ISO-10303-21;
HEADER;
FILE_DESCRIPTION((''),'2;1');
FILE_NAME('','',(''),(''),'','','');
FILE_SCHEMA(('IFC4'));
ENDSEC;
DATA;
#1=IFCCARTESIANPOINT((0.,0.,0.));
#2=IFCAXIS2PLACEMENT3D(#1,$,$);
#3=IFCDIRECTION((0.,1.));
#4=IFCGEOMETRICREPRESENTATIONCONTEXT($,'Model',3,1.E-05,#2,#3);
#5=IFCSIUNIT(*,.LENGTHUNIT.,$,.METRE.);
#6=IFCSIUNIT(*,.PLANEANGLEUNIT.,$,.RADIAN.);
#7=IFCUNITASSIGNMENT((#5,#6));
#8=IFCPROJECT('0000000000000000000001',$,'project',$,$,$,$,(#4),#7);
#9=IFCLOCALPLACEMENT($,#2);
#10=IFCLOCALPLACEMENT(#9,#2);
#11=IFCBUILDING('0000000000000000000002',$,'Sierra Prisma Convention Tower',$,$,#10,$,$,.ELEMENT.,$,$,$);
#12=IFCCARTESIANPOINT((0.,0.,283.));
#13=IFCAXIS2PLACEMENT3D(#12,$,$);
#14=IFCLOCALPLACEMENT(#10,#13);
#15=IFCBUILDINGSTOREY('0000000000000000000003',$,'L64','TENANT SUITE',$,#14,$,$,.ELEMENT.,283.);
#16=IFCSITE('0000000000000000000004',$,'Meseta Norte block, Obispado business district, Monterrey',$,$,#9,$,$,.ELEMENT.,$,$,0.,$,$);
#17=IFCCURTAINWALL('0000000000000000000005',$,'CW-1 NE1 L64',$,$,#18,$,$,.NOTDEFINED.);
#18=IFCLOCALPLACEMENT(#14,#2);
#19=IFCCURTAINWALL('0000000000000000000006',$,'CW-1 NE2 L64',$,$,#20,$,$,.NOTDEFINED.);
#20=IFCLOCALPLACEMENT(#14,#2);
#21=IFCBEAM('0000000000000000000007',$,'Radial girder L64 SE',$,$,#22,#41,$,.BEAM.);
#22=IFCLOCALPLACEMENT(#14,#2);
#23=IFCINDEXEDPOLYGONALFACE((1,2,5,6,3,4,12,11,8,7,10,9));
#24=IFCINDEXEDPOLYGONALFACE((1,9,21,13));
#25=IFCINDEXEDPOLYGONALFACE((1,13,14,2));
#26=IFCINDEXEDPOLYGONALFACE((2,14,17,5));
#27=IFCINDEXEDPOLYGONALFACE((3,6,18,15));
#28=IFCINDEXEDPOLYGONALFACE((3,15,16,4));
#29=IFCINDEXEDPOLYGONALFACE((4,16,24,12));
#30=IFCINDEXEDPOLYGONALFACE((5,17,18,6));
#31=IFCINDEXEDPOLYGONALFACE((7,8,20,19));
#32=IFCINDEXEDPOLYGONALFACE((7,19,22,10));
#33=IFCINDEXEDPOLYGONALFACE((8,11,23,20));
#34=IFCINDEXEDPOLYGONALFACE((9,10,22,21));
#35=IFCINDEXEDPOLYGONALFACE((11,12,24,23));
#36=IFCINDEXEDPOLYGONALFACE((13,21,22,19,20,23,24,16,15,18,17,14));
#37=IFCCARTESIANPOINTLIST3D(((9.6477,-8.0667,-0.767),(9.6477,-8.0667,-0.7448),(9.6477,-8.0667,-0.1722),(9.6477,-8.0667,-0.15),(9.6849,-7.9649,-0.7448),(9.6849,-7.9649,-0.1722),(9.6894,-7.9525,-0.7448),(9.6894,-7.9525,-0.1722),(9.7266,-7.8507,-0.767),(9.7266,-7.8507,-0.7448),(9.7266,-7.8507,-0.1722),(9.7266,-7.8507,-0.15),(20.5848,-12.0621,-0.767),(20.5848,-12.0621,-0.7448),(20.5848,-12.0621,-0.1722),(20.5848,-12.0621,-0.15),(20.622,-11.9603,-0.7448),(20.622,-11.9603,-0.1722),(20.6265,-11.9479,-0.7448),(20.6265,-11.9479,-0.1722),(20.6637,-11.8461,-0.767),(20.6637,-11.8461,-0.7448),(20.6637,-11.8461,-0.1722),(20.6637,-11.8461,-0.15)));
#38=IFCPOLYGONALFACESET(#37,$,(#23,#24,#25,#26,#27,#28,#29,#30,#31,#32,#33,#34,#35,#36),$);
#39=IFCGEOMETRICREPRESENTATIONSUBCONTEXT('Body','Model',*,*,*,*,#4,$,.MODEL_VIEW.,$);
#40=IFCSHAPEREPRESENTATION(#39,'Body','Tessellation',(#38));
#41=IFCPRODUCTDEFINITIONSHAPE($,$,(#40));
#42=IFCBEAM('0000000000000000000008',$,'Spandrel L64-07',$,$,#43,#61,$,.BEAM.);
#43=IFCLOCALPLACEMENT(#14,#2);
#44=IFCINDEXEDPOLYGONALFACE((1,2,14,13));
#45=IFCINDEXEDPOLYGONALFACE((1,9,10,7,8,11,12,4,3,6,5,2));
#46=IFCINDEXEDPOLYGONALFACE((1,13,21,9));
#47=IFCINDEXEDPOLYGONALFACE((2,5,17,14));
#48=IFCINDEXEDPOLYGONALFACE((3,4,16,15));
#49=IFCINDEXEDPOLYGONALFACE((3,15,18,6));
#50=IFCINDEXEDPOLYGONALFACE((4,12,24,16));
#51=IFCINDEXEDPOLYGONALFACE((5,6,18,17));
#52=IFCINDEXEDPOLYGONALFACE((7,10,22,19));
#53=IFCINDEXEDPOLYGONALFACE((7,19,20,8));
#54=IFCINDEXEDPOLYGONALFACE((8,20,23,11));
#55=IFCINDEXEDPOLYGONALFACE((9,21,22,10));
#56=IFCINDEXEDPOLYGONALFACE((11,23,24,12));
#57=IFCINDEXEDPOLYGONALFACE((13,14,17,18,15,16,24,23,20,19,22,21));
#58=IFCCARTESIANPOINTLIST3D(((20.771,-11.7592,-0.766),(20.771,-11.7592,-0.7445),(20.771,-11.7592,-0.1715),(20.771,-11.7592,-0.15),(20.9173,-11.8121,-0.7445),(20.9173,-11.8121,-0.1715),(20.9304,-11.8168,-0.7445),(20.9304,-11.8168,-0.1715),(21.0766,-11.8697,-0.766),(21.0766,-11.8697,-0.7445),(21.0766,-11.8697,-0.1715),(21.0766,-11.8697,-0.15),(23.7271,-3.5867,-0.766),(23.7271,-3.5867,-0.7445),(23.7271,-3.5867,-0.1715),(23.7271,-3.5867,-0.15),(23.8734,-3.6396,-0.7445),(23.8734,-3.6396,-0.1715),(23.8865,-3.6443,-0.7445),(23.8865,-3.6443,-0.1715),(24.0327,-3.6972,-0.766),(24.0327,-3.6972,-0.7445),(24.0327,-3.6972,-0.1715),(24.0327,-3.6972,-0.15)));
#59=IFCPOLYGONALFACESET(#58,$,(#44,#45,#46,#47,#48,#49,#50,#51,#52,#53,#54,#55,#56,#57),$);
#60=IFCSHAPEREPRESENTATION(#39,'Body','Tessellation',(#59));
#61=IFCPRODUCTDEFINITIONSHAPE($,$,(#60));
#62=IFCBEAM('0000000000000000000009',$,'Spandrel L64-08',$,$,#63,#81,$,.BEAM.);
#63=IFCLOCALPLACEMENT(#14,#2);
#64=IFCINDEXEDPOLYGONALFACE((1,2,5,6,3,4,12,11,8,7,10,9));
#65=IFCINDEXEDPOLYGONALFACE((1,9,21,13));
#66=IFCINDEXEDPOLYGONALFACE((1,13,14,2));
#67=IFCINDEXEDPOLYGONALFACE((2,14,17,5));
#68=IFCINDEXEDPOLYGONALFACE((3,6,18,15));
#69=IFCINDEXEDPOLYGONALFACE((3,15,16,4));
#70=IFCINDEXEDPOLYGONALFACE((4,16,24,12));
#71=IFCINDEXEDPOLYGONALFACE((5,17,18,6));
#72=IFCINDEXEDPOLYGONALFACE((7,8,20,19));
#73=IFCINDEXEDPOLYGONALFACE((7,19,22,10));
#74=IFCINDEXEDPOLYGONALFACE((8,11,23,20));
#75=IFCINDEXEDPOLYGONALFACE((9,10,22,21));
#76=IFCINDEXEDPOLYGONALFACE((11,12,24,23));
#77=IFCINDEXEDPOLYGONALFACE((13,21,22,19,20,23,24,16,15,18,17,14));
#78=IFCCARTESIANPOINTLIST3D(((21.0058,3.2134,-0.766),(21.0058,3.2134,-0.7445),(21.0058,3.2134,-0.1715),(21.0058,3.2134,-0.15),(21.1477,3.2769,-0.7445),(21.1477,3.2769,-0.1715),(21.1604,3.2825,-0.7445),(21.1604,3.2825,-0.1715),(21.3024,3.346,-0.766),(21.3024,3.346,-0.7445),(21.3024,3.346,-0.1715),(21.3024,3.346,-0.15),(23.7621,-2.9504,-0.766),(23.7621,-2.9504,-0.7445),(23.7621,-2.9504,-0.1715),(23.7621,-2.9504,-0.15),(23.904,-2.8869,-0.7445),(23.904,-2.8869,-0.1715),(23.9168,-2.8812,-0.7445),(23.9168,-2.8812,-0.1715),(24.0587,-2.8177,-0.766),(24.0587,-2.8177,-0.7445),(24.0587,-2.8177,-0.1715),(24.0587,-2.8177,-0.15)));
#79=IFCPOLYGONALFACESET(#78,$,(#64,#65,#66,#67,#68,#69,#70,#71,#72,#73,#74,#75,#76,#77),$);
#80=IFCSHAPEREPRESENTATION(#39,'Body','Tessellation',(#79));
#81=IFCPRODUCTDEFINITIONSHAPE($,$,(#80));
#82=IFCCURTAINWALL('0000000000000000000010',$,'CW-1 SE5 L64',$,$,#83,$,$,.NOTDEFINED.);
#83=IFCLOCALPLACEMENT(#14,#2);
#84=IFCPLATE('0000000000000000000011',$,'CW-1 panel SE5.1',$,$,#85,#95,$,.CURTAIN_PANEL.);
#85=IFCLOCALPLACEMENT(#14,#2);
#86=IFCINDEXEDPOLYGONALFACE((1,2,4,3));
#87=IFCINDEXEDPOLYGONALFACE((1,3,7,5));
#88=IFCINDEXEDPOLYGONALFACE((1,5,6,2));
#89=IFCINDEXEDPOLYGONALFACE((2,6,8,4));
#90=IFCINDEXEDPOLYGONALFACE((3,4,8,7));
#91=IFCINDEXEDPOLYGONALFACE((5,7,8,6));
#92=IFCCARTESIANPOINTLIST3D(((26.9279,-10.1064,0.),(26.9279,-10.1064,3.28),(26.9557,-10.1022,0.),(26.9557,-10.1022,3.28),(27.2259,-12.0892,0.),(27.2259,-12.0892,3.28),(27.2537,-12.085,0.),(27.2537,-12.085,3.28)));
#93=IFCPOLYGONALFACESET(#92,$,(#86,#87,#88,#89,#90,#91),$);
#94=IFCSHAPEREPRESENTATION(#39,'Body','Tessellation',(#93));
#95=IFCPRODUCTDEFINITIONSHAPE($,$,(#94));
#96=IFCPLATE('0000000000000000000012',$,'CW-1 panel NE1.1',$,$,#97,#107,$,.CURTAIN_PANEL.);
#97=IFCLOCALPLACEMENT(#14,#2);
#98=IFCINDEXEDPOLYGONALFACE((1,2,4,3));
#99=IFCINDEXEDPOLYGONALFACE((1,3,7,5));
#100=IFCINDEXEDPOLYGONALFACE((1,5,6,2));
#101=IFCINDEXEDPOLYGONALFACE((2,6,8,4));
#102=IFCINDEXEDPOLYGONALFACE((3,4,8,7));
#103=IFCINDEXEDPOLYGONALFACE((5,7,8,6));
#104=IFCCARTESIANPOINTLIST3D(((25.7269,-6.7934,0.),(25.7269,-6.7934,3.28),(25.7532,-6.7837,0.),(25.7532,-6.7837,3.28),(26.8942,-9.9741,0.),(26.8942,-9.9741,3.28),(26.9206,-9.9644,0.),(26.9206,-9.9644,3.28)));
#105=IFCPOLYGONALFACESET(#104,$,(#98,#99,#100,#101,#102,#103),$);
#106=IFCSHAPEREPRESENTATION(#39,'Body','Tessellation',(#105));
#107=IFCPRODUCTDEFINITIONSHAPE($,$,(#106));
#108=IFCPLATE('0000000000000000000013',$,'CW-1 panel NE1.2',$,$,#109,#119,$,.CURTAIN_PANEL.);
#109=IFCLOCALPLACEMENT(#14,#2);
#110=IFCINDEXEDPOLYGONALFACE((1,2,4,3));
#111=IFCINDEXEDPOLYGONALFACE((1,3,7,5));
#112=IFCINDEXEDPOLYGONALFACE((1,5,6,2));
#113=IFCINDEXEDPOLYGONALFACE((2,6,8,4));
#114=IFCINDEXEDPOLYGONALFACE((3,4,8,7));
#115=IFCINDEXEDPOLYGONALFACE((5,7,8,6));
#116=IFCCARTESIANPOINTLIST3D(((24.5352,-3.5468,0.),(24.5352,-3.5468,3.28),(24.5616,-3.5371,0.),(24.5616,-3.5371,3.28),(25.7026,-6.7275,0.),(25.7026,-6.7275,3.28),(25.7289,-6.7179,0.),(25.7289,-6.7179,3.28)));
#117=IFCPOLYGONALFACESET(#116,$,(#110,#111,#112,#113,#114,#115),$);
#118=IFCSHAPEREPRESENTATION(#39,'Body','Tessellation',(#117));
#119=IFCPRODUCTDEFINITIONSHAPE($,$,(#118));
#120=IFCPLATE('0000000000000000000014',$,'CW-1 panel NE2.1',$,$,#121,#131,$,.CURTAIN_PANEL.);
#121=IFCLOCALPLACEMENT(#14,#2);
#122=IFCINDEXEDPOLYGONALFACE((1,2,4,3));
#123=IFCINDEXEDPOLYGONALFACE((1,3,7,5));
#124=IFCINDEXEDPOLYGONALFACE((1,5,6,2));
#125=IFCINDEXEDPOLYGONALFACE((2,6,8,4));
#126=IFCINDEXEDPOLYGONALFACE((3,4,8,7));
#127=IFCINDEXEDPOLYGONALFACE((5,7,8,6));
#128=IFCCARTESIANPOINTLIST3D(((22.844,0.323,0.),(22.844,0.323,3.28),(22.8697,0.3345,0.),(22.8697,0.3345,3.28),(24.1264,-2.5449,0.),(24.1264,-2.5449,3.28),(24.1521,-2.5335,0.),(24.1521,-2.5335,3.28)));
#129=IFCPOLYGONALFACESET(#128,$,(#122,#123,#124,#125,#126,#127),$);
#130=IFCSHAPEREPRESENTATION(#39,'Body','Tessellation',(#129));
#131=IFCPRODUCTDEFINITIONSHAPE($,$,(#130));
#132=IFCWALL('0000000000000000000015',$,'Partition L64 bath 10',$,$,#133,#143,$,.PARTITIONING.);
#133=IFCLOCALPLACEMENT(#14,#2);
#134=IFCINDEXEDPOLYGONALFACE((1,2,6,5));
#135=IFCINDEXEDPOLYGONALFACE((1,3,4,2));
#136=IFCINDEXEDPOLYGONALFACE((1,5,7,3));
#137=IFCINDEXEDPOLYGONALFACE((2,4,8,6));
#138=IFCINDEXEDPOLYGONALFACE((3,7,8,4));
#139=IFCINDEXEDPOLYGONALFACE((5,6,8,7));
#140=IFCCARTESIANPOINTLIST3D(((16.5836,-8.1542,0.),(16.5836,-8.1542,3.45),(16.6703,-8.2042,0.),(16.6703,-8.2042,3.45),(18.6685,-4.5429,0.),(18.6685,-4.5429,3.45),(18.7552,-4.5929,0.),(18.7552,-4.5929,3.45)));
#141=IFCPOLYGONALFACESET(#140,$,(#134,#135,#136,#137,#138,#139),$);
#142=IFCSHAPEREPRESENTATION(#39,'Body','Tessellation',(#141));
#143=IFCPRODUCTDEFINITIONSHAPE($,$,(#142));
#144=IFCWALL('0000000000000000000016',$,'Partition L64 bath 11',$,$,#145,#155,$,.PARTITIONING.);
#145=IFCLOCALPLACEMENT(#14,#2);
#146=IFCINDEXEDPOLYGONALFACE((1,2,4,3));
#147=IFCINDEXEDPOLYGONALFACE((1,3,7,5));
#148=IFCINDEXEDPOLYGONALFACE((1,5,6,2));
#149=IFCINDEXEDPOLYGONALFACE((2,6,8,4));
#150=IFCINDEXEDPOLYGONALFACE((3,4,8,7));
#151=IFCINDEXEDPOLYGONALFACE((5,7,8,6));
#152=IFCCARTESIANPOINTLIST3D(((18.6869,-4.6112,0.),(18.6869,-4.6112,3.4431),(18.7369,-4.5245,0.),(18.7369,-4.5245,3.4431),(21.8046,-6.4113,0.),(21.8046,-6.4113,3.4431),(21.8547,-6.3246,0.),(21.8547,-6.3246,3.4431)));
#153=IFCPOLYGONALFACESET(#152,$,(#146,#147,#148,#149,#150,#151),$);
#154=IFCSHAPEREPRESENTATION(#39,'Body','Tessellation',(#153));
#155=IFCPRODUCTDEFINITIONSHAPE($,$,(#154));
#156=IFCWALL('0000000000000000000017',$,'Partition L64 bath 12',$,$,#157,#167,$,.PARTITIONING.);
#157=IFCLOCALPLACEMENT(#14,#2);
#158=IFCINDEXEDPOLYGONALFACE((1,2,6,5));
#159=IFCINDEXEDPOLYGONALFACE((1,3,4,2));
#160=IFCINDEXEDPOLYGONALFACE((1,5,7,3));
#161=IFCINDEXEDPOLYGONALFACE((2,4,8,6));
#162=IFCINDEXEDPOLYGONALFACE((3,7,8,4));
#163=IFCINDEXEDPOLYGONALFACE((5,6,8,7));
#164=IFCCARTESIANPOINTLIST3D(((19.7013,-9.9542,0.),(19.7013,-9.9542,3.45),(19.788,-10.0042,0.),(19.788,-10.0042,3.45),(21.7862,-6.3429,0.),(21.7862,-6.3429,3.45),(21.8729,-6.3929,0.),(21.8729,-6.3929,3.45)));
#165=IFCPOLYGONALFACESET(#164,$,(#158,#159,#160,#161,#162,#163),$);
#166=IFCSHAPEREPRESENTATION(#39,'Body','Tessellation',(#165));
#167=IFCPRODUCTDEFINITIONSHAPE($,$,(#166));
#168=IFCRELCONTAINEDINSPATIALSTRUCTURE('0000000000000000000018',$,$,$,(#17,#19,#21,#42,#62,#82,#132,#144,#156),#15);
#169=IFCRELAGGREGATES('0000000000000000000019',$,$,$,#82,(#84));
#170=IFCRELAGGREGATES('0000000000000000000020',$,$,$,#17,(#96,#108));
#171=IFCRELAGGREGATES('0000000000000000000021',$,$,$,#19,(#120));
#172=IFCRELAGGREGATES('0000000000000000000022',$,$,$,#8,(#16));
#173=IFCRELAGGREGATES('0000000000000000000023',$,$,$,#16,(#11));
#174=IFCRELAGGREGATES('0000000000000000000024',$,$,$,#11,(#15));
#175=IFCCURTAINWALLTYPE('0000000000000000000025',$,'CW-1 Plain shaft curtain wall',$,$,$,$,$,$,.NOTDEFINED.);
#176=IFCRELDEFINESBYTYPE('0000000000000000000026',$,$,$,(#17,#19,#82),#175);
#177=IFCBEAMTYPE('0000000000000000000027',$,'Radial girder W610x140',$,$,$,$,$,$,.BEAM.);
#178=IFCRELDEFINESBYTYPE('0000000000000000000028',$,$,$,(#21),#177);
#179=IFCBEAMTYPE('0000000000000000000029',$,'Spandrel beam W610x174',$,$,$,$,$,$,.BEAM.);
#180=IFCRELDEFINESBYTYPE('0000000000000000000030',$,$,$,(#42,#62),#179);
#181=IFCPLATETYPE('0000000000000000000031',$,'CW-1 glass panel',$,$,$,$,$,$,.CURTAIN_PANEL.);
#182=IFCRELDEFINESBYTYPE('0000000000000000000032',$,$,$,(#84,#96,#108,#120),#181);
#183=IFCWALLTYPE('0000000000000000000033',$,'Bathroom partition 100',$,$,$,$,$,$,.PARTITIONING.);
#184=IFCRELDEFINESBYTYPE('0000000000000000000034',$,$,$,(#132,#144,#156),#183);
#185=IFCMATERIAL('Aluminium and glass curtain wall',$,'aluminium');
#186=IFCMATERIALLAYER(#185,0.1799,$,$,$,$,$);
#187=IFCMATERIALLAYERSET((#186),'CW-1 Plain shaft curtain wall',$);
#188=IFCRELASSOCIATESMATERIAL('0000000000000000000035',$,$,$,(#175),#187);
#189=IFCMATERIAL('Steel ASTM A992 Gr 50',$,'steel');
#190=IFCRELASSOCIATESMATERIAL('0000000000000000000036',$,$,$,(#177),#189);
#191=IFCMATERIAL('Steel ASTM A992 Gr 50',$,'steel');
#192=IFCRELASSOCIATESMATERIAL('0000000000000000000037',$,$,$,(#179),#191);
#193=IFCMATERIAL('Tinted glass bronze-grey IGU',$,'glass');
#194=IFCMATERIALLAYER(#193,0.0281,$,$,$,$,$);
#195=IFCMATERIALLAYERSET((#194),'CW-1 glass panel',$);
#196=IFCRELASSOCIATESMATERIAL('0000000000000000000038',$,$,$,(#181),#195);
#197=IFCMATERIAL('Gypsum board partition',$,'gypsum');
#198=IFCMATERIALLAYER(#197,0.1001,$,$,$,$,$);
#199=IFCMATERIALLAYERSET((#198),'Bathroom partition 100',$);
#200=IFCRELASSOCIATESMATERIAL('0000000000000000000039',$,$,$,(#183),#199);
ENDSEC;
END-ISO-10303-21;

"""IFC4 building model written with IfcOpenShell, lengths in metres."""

from ifc_helpers import new_model, si_unit, direction, frame, frame_2d, origin, origin_2d, place, context, subcontext, project, spatial, rectangle, i_section, extrude, material, layer, layer_set, material_profile, profile_set, type_object, element, aggregate, save


model = new_model("IFC4")

# Units and contexts
model_context = context("Model", 3, precision=1e-05, world=origin(), true_north=direction((0.0, 1.0)))
body_context = subcontext(model_context, "Body", "Model", "MODEL_VIEW")
ifc_project = project(units=[si_unit("LENGTHUNIT", "METRE"), si_unit("PLANEANGLEUNIT", "RADIAN")], contexts=[model_context])

# Site, building, storey
site_placement = place(None, origin())
site = spatial("IfcSite", under=ifc_project, at=site_placement, Name="Meseta Norte block, Obispado business district, Monterrey", CompositionType="ELEMENT", RefElevation=0.0)
building_placement = place(site_placement, origin())
building = spatial("IfcBuilding", under=site, at=building_placement, Name="Sierra Prisma Convention Tower", CompositionType="ELEMENT")
storey_placement = place(building_placement, frame((0.0, 0.0, 283.0)))
storey = spatial("IfcBuildingStorey", under=building, at=storey_placement, Name="L64", Description="TENANT SUITE", CompositionType="ELEMENT", Elevation=283.0)

# Curtain wall
ifc_material_1 = material(Name="Aluminium and glass curtain wall", Category="aluminium")
ifc_layer_1 = layer(ifc_material_1, 0.1799)
ifc_layer_set_1 = layer_set([ifc_layer_1], Name="CW-1 Plain shaft curtain wall")
curtain_wall_type = type_object("IfcCurtainWallType", Name="CW-1 Plain shaft curtain wall", PredefinedType="NOTDEFINED", material=ifc_layer_set_1)
curtain_wall_1_placement = place(storey_placement, origin())
curtain_wall_1 = element("IfcCurtainWall", 1, at=curtain_wall_1_placement, inside=storey, type_object=curtain_wall_type, Name="CW-1 NE1 L64", PredefinedType="NOTDEFINED")

# Curtain wall
curtain_wall_2_placement = place(storey_placement, origin())
curtain_wall_2 = element("IfcCurtainWall", 2, at=curtain_wall_2_placement, inside=storey, type_object=curtain_wall_type, Name="CW-1 NE2 L64", PredefinedType="NOTDEFINED")

# Beams
ifc_material_2 = material(Name="Steel ASTM A992 Gr 50", Category="steel")
ifc_material_profile_1 = material_profile(ifc_material_2, i_section(OverallWidth=0.23, OverallDepth=0.6169, WebThickness=0.0132, FlangeThickness=0.0222, at=origin_2d()), Name="W610x140")
ifc_profile_set_1 = profile_set([ifc_material_profile_1], Name="Steel ASTM A992 Gr 50")
beam_type_1 = type_object("IfcBeamType", Name="Radial girder W610x140", PredefinedType="BEAM", material=ifc_profile_set_1)
beam_1_placement = place(storey_placement, frame((20.6243, -11.9541, -0.4585), z_axis=(-0.939289, 0.343128, 0.0), x_axis=(-0.343128, -0.939289, 0.0)))
element("IfcBeam", 3, at=beam_1_placement, inside=storey, type_object=beam_type_1, Name="Radial girder L64 SE", PredefinedType="BEAM", context=body_context, shape_type="SweptSolid", body=[
    extrude(i_section(OverallWidth=0.23, OverallDepth=0.6169, WebThickness=0.0132, FlangeThickness=0.0222, at=origin_2d()), origin(), (0.0, 0.0, 1.0), 11.644),
])
ifc_material_3 = material(Name="Steel ASTM A992 Gr 50", Category="steel")
ifc_material_profile_2 = material_profile(ifc_material_3, i_section(OverallWidth=0.325, OverallDepth=0.616, WebThickness=0.0139, FlangeThickness=0.0215, at=origin_2d()), Name="W610x174")
ifc_profile_set_2 = profile_set([ifc_material_profile_2], Name="Steel ASTM A992 Gr 50")
beam_type_2 = type_object("IfcBeamType", Name="Spandrel beam W610x174", PredefinedType="BEAM", material=ifc_profile_set_2)
beam_2_placement = place(storey_placement, frame((20.9238, -11.8145, -0.458), z_axis=(0.340146, 0.940373, 0.0), x_axis=(-0.940373, 0.340146, 0.0)))
element("IfcBeam", 4, at=beam_2_placement, inside=storey, type_object=beam_type_2, Name="Spandrel L64-07", PredefinedType="BEAM", context=body_context, shape_type="SweptSolid", body=[
    extrude(i_section(OverallWidth=0.325, OverallDepth=0.616, WebThickness=0.0139, FlangeThickness=0.0215, at=origin_2d()), origin(), (0.0, 0.0, 1.0), 8.6907),
])
beam_3_placement = place(storey_placement, frame((23.9104, -2.884, -0.458), z_axis=(-0.408224, 0.912882, 0.0), x_axis=(-0.912882, -0.408224, 0.0)))
element("IfcBeam", 5, at=beam_3_placement, inside=storey, type_object=beam_type_2, Name="Spandrel L64-08", PredefinedType="BEAM", context=body_context, shape_type="SweptSolid", body=[
    extrude(i_section(OverallWidth=0.325, OverallDepth=0.616, WebThickness=0.0139, FlangeThickness=0.0215, at=origin_2d()), origin(), (0.0, 0.0, 1.0), 6.752),
])

# Curtain wall, plate
curtain_wall_3_placement = place(storey_placement, origin())
curtain_wall_3 = element("IfcCurtainWall", 6, at=curtain_wall_3_placement, inside=storey, type_object=curtain_wall_type, Name="CW-1 SE5 L64", PredefinedType="NOTDEFINED")
ifc_material_4 = material(Name="Tinted glass bronze-grey IGU", Category="glass")
ifc_layer_2 = layer(ifc_material_4, 0.0281)
ifc_layer_set_2 = layer_set([ifc_layer_2], Name="CW-1 glass panel")
plate_type = type_object("IfcPlateType", Name="CW-1 glass panel", PredefinedType="CURTAIN_PANEL", material=ifc_layer_set_2)
plate_1_placement = place(storey_placement, frame((27.0908, -11.0957, 0.0), z_axis=(0.0, 0.0, 1.0), x_axis=(-0.148627, 0.988893, 0.0)))
plate_1 = element("IfcPlate", 7, at=plate_1_placement, type_object=plate_type, Name="CW-1 panel SE5.1", PredefinedType="CURTAIN_PANEL", context=body_context, shape_type="SweptSolid", body=[
    extrude(rectangle(XDim=2.0051, YDim=0.0281, at=origin_2d()), origin(), (0.0, 0.0, 1.0), 3.28),
])
aggregate(curtain_wall_3, [plate_1])

# Plates
plate_2_placement = place(storey_placement, frame((26.3237, -8.3789, 0.0), z_axis=(0.0, 0.0, 1.0), x_axis=(-0.344536, 0.938773, 0.0)))
plate_2 = element("IfcPlate", 8, at=plate_2_placement, type_object=plate_type, Name="CW-1 panel NE1.1", PredefinedType="CURTAIN_PANEL", context=body_context, shape_type="SweptSolid", body=[
    extrude(rectangle(XDim=3.3882, YDim=0.0281, at=origin_2d()), origin(), (0.0, 0.0, 1.0), 3.28),
])
plate_3_placement = place(storey_placement, frame((25.1321, -5.1323, 0.0), z_axis=(0.0, 0.0, 1.0), x_axis=(-0.344536, 0.938773, 0.0)))
plate_3 = element("IfcPlate", 9, at=plate_3_placement, type_object=plate_type, Name="CW-1 panel NE1.2", PredefinedType="CURTAIN_PANEL", context=body_context, shape_type="SweptSolid", body=[
    extrude(rectangle(XDim=3.3882, YDim=0.0281, at=origin_2d()), origin(), (0.0, 0.0, 1.0), 3.28),
])
aggregate(curtain_wall_1, [plate_2, plate_3])
plate_4_placement = place(storey_placement, frame((23.498, -1.1052, 0.0), z_axis=(0.0, 0.0, 1.0), x_axis=(-0.408205, 0.91289, 0.0)))
plate_4 = element("IfcPlate", 10, at=plate_4_placement, type_object=plate_type, Name="CW-1 panel NE2.1", PredefinedType="CURTAIN_PANEL", context=body_context, shape_type="SweptSolid", body=[
    extrude(rectangle(XDim=3.1416, YDim=0.0281, at=origin_2d()), origin(), (0.0, 0.0, 1.0), 3.28),
])
aggregate(curtain_wall_2, [plate_4])

# Walls
ifc_material_5 = material(Name="Gypsum board partition", Category="gypsum")
ifc_layer_3 = layer(ifc_material_5, 0.1001)
ifc_layer_set_3 = layer_set([ifc_layer_3], Name="Bathroom partition 100")
wall_type_1 = type_object("IfcWallType", Name="Bathroom partition 100", PredefinedType="PARTITIONING", material=ifc_layer_set_3)
wall_1_placement = place(storey_placement, frame((16.627, -8.1792, 0.0), z_axis=(0.0, 0.0, 1.0), x_axis=(0.499993, 0.86603, 0.0)))
element("IfcWall", 11, at=wall_1_placement, inside=storey, type_object=wall_type_1, Name="Partition L64 bath 10", PredefinedType="PARTITIONING", context=body_context, shape_type="SweptSolid", body=[
    extrude(rectangle(XDim=4.1699, YDim=0.1001, at=frame_2d((2.085, 0.0))), origin(), (0.0, 0.0, 1.0), 3.45),
])
wall_2_placement = place(storey_placement, frame((18.7119, -4.5679, 0.0), z_axis=(0.0, 0.0, 1.0), x_axis=(0.866018, -0.500012, 0.0)))
element("IfcWall", 12, at=wall_2_placement, inside=storey, type_object=wall_type_1, Name="Partition L64 bath 11", PredefinedType="PARTITIONING", context=body_context, shape_type="SweptSolid", body=[
    extrude(rectangle(XDim=3.6001, YDim=0.1001, at=frame_2d((1.8, 0.0))), origin(), (0.0, 0.0, 1.0), 3.4431),
])
wall_3_placement = place(storey_placement, frame((21.8296, -6.3679, 0.0), z_axis=(0.0, 0.0, 1.0), x_axis=(-0.499993, -0.86603, 0.0)))
element("IfcWall", 13, at=wall_3_placement, inside=storey, type_object=wall_type_1, Name="Partition L64 bath 12", PredefinedType="PARTITIONING", context=body_context, shape_type="SweptSolid", body=[
    extrude(rectangle(XDim=4.1699, YDim=0.1001, at=frame_2d((2.085, 0.0))), origin(), (0.0, 0.0, 1.0), 3.45),
])

save(model, "model.ifc")
